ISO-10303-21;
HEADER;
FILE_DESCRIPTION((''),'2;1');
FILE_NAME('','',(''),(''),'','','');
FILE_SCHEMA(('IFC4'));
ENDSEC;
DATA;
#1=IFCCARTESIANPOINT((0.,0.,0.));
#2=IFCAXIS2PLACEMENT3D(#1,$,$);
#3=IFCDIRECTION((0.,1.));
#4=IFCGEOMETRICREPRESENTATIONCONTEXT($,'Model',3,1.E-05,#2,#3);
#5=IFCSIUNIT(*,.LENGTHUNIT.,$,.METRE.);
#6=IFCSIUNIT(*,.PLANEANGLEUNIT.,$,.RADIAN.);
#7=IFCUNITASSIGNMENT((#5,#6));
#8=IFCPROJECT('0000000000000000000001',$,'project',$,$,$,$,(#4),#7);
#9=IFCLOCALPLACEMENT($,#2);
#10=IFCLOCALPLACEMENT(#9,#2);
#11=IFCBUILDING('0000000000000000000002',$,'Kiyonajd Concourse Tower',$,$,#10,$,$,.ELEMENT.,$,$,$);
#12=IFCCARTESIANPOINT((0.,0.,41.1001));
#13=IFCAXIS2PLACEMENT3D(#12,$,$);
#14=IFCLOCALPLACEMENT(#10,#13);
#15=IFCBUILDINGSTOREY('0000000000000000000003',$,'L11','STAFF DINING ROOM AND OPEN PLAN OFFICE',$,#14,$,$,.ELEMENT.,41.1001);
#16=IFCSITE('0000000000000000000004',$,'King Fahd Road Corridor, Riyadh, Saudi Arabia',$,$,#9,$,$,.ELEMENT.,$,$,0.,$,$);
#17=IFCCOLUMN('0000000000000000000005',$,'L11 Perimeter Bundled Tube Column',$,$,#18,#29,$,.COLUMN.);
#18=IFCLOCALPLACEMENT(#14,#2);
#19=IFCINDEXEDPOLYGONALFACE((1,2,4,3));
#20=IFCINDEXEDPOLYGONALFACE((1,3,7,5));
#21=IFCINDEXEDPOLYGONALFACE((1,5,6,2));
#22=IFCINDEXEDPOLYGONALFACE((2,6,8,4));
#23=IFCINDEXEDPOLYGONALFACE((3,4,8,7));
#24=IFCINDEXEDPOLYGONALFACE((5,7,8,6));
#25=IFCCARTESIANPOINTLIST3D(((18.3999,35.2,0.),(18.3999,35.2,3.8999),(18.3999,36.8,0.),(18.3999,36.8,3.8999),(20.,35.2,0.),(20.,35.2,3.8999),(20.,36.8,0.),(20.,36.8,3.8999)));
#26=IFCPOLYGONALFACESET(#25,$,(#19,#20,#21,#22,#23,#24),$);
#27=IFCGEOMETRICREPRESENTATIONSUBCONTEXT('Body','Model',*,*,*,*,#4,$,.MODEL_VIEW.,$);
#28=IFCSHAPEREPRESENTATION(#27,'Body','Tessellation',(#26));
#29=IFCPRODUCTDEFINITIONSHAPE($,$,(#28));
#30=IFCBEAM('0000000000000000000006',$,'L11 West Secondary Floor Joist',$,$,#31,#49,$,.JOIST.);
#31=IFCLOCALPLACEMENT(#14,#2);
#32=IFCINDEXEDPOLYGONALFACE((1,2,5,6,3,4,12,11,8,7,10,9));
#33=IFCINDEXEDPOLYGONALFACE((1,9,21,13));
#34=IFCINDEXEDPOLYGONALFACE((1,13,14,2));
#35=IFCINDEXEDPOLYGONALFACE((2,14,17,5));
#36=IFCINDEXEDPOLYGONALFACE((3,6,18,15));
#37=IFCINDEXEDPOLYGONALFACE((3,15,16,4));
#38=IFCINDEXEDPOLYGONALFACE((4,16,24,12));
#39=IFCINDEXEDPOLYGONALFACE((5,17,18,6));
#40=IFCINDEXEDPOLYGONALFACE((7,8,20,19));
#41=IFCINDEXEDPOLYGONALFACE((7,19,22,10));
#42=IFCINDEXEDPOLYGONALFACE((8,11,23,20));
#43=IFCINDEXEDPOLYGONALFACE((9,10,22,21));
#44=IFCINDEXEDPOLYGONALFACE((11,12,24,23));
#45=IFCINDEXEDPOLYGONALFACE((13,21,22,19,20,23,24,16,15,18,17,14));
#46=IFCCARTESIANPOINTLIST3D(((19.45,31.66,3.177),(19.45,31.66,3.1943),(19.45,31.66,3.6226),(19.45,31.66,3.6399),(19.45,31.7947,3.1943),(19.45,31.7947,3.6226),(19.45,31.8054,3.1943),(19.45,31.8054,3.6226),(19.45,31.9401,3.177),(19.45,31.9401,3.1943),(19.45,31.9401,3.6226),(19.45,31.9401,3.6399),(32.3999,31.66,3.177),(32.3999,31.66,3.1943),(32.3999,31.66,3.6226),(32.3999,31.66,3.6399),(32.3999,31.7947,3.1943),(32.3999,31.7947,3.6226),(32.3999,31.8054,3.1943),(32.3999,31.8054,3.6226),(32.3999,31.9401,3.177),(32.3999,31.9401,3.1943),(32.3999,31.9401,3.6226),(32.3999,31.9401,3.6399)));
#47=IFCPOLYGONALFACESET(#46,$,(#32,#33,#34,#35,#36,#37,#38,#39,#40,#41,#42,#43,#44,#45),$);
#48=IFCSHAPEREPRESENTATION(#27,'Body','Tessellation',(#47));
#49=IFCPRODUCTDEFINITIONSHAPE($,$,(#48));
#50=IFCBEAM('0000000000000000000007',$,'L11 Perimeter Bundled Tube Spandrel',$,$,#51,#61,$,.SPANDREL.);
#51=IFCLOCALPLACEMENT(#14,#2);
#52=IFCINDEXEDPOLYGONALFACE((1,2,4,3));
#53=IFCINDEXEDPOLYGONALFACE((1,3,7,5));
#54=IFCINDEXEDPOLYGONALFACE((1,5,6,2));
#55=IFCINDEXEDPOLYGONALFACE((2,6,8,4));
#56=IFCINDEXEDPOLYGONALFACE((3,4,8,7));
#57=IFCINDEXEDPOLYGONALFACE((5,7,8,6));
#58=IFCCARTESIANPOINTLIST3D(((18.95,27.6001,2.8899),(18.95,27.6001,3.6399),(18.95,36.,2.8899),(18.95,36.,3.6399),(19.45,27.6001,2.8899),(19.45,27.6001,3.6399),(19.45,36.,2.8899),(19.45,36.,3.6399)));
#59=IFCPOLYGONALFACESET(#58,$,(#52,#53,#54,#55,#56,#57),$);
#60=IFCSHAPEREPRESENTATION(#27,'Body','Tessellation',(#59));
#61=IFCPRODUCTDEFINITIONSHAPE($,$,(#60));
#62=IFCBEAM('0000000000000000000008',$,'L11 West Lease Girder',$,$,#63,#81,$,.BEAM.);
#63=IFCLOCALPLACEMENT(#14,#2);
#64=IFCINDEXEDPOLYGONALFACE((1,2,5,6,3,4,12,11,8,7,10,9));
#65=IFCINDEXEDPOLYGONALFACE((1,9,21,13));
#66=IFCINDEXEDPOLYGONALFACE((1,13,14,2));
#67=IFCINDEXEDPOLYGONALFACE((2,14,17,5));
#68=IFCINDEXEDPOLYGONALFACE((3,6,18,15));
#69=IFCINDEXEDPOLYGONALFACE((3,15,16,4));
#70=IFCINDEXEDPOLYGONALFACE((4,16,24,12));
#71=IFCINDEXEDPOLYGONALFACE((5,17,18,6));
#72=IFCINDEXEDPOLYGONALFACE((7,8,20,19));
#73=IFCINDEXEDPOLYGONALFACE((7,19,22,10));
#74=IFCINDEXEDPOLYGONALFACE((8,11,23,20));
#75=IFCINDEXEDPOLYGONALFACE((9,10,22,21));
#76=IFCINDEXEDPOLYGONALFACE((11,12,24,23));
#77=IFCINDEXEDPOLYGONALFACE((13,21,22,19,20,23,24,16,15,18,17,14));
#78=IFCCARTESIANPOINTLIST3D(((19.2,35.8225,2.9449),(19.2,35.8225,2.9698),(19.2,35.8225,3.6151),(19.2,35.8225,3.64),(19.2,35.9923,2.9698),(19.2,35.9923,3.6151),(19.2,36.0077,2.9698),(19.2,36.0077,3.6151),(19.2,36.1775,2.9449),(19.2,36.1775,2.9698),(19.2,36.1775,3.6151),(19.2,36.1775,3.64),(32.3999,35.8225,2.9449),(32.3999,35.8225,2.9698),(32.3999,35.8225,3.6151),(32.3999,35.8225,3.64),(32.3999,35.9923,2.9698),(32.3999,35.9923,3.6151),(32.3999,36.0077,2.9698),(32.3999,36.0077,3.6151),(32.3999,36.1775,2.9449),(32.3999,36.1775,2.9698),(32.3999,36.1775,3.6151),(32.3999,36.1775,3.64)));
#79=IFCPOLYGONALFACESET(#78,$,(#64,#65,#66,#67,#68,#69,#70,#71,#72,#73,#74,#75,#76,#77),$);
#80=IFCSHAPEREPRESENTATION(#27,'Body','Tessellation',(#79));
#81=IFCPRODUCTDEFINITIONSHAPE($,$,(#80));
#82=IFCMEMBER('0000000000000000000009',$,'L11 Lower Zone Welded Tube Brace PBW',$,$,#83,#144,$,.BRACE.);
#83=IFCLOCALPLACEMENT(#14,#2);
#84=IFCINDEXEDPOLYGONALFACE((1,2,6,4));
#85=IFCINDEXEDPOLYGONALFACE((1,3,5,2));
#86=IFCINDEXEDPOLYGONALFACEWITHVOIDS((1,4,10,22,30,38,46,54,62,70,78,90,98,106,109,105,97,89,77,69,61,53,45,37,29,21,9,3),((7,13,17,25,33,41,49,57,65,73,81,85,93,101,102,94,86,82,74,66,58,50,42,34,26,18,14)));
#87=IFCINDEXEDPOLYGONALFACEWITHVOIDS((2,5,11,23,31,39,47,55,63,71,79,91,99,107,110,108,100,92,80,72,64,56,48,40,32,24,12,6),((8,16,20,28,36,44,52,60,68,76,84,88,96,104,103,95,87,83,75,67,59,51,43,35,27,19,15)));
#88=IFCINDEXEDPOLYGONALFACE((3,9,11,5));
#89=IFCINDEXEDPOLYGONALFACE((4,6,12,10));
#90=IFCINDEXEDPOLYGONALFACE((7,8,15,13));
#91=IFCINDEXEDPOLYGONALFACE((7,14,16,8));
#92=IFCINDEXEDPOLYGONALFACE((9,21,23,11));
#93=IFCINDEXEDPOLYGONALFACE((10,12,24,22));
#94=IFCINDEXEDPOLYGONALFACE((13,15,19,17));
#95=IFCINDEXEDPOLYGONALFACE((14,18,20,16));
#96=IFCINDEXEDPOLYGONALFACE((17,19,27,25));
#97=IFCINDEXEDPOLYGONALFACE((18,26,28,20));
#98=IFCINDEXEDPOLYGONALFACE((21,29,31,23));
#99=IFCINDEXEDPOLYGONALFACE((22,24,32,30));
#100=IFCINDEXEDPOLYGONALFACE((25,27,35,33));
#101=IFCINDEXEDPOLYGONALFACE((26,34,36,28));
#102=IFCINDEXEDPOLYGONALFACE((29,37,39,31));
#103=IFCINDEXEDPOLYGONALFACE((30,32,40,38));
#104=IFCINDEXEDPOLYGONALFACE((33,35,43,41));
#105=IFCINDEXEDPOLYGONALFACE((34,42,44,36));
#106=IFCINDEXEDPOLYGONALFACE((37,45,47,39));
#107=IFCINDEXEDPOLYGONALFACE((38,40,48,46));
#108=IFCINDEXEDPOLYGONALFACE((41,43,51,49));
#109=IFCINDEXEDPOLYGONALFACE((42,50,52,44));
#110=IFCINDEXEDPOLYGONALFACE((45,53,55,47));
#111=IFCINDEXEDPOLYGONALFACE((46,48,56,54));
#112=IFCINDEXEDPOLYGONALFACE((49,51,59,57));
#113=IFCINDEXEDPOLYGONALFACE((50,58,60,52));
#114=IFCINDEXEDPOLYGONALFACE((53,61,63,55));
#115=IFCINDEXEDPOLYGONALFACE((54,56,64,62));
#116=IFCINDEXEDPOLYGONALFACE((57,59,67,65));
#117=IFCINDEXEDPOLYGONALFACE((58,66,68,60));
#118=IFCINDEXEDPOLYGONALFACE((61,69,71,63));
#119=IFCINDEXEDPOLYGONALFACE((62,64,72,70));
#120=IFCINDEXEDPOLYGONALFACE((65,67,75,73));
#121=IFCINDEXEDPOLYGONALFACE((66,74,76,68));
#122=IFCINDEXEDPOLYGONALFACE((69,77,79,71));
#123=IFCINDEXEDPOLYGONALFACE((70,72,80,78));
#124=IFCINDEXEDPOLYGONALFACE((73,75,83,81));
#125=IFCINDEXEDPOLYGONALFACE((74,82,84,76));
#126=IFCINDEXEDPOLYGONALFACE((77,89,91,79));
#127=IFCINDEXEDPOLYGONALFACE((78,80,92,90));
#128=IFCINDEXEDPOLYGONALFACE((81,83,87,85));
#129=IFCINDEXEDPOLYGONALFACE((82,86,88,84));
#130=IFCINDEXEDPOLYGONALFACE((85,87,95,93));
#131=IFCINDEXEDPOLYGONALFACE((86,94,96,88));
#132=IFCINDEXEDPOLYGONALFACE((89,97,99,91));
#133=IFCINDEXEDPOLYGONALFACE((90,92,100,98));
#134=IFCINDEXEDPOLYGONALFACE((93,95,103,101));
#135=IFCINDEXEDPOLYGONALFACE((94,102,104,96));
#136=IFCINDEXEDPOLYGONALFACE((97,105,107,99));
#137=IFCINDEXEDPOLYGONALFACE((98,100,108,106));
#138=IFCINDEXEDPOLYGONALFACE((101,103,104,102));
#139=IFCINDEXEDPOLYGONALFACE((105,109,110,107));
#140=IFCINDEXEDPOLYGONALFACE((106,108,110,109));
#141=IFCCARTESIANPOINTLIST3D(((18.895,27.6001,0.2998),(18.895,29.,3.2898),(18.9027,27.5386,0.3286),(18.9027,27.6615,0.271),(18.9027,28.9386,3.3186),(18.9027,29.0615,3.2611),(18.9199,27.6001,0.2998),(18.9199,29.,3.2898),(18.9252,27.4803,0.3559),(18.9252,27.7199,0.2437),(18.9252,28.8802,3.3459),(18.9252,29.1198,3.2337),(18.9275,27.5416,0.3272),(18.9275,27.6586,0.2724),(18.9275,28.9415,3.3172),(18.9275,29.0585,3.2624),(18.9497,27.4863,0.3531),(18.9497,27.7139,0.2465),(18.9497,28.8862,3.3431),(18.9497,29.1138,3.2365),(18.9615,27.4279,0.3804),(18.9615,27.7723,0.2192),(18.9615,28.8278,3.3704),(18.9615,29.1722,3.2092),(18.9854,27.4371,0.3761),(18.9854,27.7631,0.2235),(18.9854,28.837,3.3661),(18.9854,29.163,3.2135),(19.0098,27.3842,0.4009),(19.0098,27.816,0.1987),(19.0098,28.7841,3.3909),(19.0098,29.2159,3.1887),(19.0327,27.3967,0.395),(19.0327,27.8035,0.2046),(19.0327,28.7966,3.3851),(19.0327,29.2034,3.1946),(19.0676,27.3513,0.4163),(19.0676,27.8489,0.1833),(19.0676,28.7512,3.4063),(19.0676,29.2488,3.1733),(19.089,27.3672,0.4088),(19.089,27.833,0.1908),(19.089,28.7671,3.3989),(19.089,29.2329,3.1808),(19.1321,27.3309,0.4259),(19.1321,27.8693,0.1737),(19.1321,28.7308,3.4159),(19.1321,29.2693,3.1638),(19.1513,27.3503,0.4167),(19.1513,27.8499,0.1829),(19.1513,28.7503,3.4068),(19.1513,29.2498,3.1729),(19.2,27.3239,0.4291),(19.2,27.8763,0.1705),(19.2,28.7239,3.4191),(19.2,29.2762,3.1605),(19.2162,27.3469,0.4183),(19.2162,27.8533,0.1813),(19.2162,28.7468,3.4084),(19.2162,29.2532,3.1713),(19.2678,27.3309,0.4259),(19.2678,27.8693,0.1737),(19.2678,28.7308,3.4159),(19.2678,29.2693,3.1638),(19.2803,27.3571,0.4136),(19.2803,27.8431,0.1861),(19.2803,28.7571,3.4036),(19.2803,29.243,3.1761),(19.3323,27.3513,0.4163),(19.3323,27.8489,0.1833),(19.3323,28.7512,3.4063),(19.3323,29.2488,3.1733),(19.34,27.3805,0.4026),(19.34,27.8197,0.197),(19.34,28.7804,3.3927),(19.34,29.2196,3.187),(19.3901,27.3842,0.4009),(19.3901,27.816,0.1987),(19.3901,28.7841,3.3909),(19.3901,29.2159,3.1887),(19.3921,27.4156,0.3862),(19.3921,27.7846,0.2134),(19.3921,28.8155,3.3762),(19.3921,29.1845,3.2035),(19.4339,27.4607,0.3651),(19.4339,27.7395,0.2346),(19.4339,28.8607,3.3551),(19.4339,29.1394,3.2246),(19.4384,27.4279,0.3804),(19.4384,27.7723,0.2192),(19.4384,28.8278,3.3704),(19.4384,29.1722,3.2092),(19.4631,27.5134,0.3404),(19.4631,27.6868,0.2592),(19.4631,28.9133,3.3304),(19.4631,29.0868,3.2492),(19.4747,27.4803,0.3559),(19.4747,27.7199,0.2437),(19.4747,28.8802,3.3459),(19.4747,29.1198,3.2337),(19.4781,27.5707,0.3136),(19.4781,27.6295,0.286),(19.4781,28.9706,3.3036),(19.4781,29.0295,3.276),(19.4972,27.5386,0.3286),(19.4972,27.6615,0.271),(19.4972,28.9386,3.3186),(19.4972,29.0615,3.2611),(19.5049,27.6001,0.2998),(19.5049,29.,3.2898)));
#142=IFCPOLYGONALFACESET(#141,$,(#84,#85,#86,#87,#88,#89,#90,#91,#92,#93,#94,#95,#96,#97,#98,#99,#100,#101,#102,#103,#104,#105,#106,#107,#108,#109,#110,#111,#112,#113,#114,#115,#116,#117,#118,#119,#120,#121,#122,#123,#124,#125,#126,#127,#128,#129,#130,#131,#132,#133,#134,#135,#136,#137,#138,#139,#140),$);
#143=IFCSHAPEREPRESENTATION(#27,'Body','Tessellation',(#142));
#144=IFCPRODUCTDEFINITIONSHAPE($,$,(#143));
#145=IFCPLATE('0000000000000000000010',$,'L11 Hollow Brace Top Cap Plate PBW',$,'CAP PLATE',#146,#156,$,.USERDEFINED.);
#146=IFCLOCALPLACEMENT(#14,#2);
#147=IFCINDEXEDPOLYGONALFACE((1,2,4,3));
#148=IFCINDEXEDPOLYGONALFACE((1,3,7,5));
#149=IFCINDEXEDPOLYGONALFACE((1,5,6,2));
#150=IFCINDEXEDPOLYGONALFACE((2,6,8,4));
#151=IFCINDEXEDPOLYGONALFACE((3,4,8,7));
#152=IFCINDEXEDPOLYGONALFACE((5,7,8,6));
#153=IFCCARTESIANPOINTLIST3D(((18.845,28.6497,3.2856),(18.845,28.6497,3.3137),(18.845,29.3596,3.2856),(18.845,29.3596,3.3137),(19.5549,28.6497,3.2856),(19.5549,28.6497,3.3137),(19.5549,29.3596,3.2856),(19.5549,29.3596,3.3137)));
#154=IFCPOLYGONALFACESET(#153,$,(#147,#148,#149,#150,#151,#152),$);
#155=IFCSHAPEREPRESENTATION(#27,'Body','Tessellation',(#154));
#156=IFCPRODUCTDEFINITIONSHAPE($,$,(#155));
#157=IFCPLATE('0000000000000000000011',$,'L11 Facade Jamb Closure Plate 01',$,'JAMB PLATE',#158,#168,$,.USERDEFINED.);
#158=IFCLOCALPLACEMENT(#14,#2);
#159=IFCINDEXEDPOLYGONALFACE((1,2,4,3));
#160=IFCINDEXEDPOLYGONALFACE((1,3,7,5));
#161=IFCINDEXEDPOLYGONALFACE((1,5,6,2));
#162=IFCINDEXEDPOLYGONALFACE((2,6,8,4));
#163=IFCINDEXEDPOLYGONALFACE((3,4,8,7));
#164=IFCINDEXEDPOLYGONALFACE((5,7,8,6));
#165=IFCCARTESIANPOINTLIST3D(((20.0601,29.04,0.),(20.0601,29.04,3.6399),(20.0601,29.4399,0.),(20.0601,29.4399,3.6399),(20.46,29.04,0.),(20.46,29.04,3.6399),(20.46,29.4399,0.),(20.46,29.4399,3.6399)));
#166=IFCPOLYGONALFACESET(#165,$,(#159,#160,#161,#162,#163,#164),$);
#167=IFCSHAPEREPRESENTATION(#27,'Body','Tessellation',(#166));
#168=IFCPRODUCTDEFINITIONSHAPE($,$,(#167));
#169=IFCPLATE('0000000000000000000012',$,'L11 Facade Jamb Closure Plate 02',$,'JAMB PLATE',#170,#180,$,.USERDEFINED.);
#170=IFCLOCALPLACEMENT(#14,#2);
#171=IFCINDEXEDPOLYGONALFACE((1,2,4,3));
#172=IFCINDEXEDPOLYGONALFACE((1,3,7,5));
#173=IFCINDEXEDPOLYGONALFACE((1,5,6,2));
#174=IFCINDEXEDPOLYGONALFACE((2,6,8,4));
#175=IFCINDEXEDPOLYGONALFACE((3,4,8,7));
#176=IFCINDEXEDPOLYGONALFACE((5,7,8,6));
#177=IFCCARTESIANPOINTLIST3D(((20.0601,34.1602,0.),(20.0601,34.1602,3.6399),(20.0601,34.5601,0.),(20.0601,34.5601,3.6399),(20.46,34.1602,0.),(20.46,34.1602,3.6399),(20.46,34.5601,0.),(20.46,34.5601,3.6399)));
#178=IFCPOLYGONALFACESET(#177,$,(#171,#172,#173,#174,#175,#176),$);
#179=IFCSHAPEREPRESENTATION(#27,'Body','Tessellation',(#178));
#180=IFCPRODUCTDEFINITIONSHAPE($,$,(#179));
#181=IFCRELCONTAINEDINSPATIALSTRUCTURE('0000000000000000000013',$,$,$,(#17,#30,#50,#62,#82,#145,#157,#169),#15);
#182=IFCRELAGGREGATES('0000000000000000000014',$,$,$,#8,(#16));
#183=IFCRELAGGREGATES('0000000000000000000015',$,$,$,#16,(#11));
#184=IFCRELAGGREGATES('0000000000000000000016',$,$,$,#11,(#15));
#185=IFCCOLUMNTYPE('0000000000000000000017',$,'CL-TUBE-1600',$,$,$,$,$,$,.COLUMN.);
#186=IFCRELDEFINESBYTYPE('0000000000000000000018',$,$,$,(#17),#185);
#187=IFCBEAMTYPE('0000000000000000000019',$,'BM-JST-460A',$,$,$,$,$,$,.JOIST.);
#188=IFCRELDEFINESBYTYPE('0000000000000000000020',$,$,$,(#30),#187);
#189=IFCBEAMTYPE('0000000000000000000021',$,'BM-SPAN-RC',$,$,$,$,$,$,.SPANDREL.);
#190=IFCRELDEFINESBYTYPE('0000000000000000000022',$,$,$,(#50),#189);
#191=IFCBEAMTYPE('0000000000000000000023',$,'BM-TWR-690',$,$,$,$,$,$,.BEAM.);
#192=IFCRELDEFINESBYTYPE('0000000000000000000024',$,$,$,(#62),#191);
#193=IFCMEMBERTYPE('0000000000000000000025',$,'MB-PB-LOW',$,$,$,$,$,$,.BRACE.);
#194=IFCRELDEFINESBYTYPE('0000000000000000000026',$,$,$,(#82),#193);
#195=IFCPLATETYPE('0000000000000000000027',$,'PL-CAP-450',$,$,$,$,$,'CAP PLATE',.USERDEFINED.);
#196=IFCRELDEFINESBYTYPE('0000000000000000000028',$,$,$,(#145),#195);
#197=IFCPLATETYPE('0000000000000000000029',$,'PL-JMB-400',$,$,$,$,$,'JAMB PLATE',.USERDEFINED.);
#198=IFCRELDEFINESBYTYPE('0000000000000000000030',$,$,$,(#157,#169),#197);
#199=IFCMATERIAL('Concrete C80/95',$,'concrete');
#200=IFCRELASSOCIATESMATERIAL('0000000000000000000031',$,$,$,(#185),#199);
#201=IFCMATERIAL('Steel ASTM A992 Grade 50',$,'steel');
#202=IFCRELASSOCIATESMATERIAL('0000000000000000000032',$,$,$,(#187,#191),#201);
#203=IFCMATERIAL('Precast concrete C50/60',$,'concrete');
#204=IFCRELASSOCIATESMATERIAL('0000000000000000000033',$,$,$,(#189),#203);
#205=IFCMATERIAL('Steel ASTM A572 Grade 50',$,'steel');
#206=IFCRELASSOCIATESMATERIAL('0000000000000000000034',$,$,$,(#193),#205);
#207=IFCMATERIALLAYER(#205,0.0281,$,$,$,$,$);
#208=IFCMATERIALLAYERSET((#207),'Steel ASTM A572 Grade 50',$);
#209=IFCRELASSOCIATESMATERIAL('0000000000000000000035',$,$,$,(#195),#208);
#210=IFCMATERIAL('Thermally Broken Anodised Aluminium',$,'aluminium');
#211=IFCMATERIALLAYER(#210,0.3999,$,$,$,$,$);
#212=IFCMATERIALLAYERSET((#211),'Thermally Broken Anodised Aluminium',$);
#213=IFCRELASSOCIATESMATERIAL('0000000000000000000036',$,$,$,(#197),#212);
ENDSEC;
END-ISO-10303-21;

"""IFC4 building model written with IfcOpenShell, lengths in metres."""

from ifc_helpers import new_model, si_unit, direction, frame, origin, origin_2d, place, context, subcontext, project, spatial, rectangle, hollow_circle, i_section, extrude, material, layer, layer_set, material_profile, profile_set, type_object, element, save


model = new_model("IFC4")

# Units and contexts
model_context = context("Model", 3, precision=1e-05, world=origin(), true_north=direction((0.0, 1.0)))
body_context = subcontext(model_context, "Body", "Model", "MODEL_VIEW")
ifc_project = project(units=[si_unit("LENGTHUNIT", "METRE"), si_unit("PLANEANGLEUNIT", "RADIAN")], contexts=[model_context])

# Site, building, storey
site_placement = place(None, origin())
site = spatial("IfcSite", under=ifc_project, at=site_placement, Name="King Fahd Road Corridor, Riyadh, Saudi Arabia", CompositionType="ELEMENT", RefElevation=0.0)
building_placement = place(site_placement, origin())
building = spatial("IfcBuilding", under=site, at=building_placement, Name="Kiyonajd Concourse Tower", CompositionType="ELEMENT")
storey_placement = place(building_placement, frame((0.0, 0.0, 41.1001)))
storey = spatial("IfcBuildingStorey", under=building, at=storey_placement, Name="L11", Description="STAFF DINING ROOM AND OPEN PLAN OFFICE", CompositionType="ELEMENT", Elevation=41.1001)

# Column
ifc_material_1 = material(Name="Concrete C80/95", Category="concrete")
ifc_material_profile_1 = material_profile(ifc_material_1, rectangle(XDim=1.6001, YDim=1.6001, at=origin_2d()), Name="RC-1600x1600")
ifc_profile_set_1 = profile_set([ifc_material_profile_1], Name="Concrete C80/95")
column_type = type_object("IfcColumnType", Name="CL-TUBE-1600", PredefinedType="COLUMN", material=ifc_profile_set_1)
column_placement = place(storey_placement, frame((19.2, 36.0, 0.0), z_axis=(0.0, 0.0, 1.0), x_axis=(1.0, 0.0, 0.0)))
element("IfcColumn", 1, at=column_placement, inside=storey, type_object=column_type, Name="L11 Perimeter Bundled Tube Column", PredefinedType="COLUMN", context=body_context, shape_type="SweptSolid", body=[
    extrude(rectangle(XDim=1.6001, YDim=1.6001, at=origin_2d()), origin(), (0.0, 0.0, 1.0), 3.8999),
])

# Beams
ifc_material_2 = material(Name="Steel ASTM A992 Grade 50", Category="steel")
ifc_material_profile_2 = material_profile(ifc_material_2, i_section(OverallWidth=0.28, OverallDepth=0.4629, WebThickness=0.0107, FlangeThickness=0.0173, at=origin_2d()), Name="W460X113")
ifc_profile_set_2 = profile_set([ifc_material_profile_2], Name="Steel ASTM A992 Grade 50")
beam_type_1 = type_object("IfcBeamType", Name="BM-JST-460A", PredefinedType="JOIST", material=ifc_profile_set_2)
beam_1_placement = place(storey_placement, frame((19.45, 31.8, 3.4084), z_axis=(1.0, 0.0, 0.0), x_axis=(0.0, 1.0, 0.0)))
element("IfcBeam", 2, at=beam_1_placement, inside=storey, type_object=beam_type_1, Name="L11 West Secondary Floor Joist", PredefinedType="JOIST", context=body_context, shape_type="SweptSolid", body=[
    extrude(i_section(OverallWidth=0.28, OverallDepth=0.4629, WebThickness=0.0107, FlangeThickness=0.0173, at=origin_2d()), origin(), (0.0, 0.0, 1.0), 12.95),
])
ifc_material_3 = material(Name="Precast concrete C50/60", Category="concrete")
ifc_material_profile_3 = material_profile(ifc_material_3, rectangle(XDim=0.5, YDim=0.75, at=origin_2d()), Name="RCBM-500x750")
ifc_profile_set_3 = profile_set([ifc_material_profile_3], Name="Precast concrete C50/60")
beam_type_2 = type_object("IfcBeamType", Name="BM-SPAN-RC", PredefinedType="SPANDREL", material=ifc_profile_set_3)
beam_2_placement = place(storey_placement, frame((19.2, 36.0, 3.2649), z_axis=(0.0, -1.0, 0.0), x_axis=(1.0, 0.0, 0.0)))
element("IfcBeam", 3, at=beam_2_placement, inside=storey, type_object=beam_type_2, Name="L11 Perimeter Bundled Tube Spandrel", PredefinedType="SPANDREL", context=body_context, shape_type="SweptSolid", body=[
    extrude(rectangle(XDim=0.5, YDim=0.75, at=origin_2d()), origin(), (0.0, 0.0, 1.0), 8.3999),
])
ifc_material_profile_4 = material_profile(ifc_material_2, i_section(OverallWidth=0.355, OverallDepth=0.6951, WebThickness=0.0154, FlangeThickness=0.0249, at=origin_2d()), Name="W690X217")
ifc_profile_set_4 = profile_set([ifc_material_profile_4], Name="Steel ASTM A992 Grade 50")
beam_type_3 = type_object("IfcBeamType", Name="BM-TWR-690", PredefinedType="BEAM", material=ifc_profile_set_4)
beam_3_placement = place(storey_placement, frame((19.2, 36.0, 3.2925), z_axis=(1.0, 0.0, 0.0), x_axis=(0.0, 1.0, 0.0)))
element("IfcBeam", 4, at=beam_3_placement, inside=storey, type_object=beam_type_3, Name="L11 West Lease Girder", PredefinedType="BEAM", context=body_context, shape_type="SweptSolid", body=[
    extrude(i_section(OverallWidth=0.355, OverallDepth=0.6951, WebThickness=0.0154, FlangeThickness=0.0249, at=origin_2d()), origin(), (0.0, 0.0, 1.0), 13.2),
])

# Member
ifc_material_4 = material(Name="Steel ASTM A572 Grade 50", Category="steel")
ifc_material_profile_5 = material_profile(ifc_material_4, hollow_circle(Radius=0.3049, WallThickness=0.0249, at=origin_2d()), Name="CHS-610x25")
ifc_profile_set_5 = profile_set([ifc_material_profile_5], Name="Steel ASTM A572 Grade 50")
member_type = type_object("IfcMemberType", Name="MB-PB-LOW", PredefinedType="BRACE", material=ifc_profile_set_5)
member_placement = place(storey_placement, frame((19.2, 27.6001, 0.2998), z_axis=(0.0, 0.424023, 0.905652), x_axis=(-1.0, 0.0, 0.0)))
element("IfcMember", 5, at=member_placement, inside=storey, type_object=member_type, Name="L11 Lower Zone Welded Tube Brace PBW", PredefinedType="BRACE", context=body_context, shape_type="SweptSolid", body=[
    extrude(hollow_circle(Radius=0.3049, WallThickness=0.0249, at=origin_2d()), origin(), (0.0, 0.0, 1.0), 3.3015),
])

# Plates
ifc_layer_1 = layer(ifc_material_4, 0.0281)
ifc_layer_set_1 = layer_set([ifc_layer_1], Name="Steel ASTM A572 Grade 50")
plate_type_1 = type_object("IfcPlateType", Name="PL-CAP-450", ElementType="CAP PLATE", PredefinedType="USERDEFINED", material=ifc_layer_set_1)
plate_placement = place(storey_placement, frame((19.2, 29.0046, 3.2856), z_axis=(0.0, 0.0, 1.0), x_axis=(1.0, 0.0, 0.0)))
element("IfcPlate", 6, at=plate_placement, inside=storey, type_object=plate_type_1, Name="L11 Hollow Brace Top Cap Plate PBW", ObjectType="CAP PLATE", PredefinedType="USERDEFINED", context=body_context, shape_type="SweptSolid", body=[
    extrude(rectangle(XDim=0.71, YDim=0.71, at=origin_2d()), origin(), (0.0, 0.0, 1.0), 0.0281),
])
ifc_material_5 = material(Name="Thermally Broken Anodised Aluminium", Category="aluminium")
ifc_layer_2 = layer(ifc_material_5, 0.3999)
ifc_layer_set_2 = layer_set([ifc_layer_2], Name="Thermally Broken Anodised Aluminium")
plate_type_2 = type_object("IfcPlateType", Name="PL-JMB-400", ElementType="JAMB PLATE", PredefinedType="USERDEFINED", material=ifc_layer_set_2)
for number, where, z_axis, x_axis, name in (
    (7, (20.26, 29.24, 0.0), (0.0, 0.0, 1.0), (1.0, 0.0, 0.0), "L11 Facade Jamb Closure Plate 01"),
    (8, (20.26, 34.3601, 0.0), (0.0, 0.0, 1.0), (1.0, 0.0, 0.0), "L11 Facade Jamb Closure Plate 02"),
):
    element("IfcPlate", number, at=place(storey_placement, frame(where, z_axis=z_axis, x_axis=x_axis)), inside=storey, type_object=plate_type_2, Name=name, ObjectType="JAMB PLATE", PredefinedType="USERDEFINED", context=body_context, shape_type="SweptSolid", body=[
        extrude(rectangle(XDim=0.3999, YDim=0.3999, at=origin_2d()), origin(), (0.0, 0.0, 1.0), 3.6399),
    ])

save(model, "model.ifc")
